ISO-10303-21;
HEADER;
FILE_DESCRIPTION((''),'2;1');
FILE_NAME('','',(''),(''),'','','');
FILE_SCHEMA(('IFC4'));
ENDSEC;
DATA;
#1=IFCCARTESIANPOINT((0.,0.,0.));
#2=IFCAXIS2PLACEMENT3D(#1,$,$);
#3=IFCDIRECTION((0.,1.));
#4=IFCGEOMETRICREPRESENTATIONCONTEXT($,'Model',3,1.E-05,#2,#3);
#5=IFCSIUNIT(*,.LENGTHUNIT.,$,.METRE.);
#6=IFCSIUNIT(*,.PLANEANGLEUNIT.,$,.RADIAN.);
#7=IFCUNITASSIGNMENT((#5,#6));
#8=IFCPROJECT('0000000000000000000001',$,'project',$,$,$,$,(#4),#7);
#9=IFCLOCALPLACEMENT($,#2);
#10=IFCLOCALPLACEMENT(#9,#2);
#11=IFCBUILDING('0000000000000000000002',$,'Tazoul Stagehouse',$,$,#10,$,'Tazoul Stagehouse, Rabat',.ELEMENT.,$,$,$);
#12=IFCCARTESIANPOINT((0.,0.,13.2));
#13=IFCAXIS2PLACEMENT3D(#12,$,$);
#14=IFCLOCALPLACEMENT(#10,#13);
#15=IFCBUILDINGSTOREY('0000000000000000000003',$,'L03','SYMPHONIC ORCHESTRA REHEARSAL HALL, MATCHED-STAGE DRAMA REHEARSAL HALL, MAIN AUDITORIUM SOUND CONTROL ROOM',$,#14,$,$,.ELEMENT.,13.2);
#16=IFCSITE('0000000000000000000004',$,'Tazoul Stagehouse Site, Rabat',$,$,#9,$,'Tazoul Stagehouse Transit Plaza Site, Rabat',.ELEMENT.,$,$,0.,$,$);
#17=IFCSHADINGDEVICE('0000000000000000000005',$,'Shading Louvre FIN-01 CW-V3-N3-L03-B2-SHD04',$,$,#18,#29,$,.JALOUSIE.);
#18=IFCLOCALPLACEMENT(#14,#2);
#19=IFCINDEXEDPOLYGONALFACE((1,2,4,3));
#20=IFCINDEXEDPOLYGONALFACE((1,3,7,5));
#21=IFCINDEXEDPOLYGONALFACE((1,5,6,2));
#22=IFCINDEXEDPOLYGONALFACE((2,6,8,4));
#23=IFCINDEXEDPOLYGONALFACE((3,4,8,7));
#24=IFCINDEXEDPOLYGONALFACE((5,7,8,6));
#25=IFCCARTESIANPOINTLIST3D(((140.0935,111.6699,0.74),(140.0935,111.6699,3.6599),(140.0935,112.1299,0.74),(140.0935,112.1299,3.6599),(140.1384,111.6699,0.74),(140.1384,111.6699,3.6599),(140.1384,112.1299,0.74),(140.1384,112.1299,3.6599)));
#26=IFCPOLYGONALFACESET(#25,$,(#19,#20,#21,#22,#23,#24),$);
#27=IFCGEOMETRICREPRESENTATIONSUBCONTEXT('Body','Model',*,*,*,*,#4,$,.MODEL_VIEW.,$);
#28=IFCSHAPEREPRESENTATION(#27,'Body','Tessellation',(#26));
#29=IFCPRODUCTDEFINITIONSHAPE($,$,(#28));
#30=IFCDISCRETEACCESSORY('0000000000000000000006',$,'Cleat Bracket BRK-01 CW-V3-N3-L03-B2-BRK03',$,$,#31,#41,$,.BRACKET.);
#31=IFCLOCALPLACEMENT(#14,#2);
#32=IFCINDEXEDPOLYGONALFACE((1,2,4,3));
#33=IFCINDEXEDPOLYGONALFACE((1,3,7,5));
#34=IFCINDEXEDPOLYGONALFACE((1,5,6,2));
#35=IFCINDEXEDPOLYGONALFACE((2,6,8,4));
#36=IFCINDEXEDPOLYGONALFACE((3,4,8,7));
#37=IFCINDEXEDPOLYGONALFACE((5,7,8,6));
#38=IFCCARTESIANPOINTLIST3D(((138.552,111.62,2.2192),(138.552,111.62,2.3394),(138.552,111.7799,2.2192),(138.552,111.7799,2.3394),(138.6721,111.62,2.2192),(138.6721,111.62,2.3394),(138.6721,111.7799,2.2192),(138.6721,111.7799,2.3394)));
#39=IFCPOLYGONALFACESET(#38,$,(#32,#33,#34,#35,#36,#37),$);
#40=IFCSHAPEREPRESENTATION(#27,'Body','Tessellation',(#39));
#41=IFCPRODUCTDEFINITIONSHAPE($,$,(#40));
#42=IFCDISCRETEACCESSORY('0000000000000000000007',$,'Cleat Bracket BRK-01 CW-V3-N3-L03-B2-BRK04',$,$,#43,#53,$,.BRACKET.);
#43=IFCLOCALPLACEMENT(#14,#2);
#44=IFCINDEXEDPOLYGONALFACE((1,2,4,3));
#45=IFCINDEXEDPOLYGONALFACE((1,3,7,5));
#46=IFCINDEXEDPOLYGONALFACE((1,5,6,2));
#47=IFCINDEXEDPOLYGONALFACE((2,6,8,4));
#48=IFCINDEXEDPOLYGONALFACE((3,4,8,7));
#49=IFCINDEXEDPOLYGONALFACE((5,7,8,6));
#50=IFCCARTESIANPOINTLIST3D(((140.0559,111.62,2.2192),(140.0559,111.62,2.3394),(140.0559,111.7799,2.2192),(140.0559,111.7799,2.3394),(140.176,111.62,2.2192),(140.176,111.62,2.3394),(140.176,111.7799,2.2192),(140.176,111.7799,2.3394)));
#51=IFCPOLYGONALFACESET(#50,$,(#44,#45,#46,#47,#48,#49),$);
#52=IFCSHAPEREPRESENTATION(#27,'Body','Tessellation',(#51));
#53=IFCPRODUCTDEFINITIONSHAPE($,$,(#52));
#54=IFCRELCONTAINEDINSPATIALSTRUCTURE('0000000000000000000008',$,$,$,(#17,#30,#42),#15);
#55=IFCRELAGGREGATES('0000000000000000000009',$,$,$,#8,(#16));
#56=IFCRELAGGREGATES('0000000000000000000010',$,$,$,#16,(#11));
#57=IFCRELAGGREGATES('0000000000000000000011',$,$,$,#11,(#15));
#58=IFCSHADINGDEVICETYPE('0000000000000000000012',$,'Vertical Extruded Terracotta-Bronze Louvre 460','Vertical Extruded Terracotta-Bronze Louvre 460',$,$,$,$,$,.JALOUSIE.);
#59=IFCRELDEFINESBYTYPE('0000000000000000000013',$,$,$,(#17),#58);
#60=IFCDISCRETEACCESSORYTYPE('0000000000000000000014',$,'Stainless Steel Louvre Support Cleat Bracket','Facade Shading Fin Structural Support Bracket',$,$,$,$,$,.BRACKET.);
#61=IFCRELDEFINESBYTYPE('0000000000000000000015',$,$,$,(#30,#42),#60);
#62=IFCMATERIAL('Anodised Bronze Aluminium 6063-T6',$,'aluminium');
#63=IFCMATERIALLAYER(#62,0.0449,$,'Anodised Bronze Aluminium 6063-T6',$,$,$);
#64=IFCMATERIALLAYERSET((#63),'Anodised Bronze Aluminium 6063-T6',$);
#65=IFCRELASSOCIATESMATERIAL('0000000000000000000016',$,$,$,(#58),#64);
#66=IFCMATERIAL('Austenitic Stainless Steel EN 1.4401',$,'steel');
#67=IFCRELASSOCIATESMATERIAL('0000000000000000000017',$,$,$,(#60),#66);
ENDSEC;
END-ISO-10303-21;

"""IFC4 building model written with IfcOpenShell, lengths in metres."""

from ifc_helpers import new_model, si_unit, direction, frame, origin, origin_2d, place, context, subcontext, project, spatial, rectangle, extrude, material, layer, layer_set, type_object, element, save


model = new_model("IFC4")

# Units and contexts
model_context = context("Model", 3, precision=1e-05, world=origin(), true_north=direction((0.0, 1.0)))
body_context = subcontext(model_context, "Body", "Model", "MODEL_VIEW")
ifc_project = project(units=[si_unit("LENGTHUNIT", "METRE"), si_unit("PLANEANGLEUNIT", "RADIAN")], contexts=[model_context])

# Site, building, storey
site_placement = place(None, origin())
site = spatial("IfcSite", under=ifc_project, at=site_placement, Name="Tazoul Stagehouse Site, Rabat", LongName="Tazoul Stagehouse Transit Plaza Site, Rabat", CompositionType="ELEMENT", RefElevation=0.0)
building_placement = place(site_placement, origin())
building = spatial("IfcBuilding", under=site, at=building_placement, Name="Tazoul Stagehouse", LongName="Tazoul Stagehouse, Rabat", CompositionType="ELEMENT")
storey_placement = place(building_placement, frame((0.0, 0.0, 13.2)))
storey = spatial("IfcBuildingStorey", under=building, at=storey_placement, Name="L03", Description="SYMPHONIC ORCHESTRA REHEARSAL HALL, MATCHED-STAGE DRAMA REHEARSAL HALL, MAIN AUDITORIUM SOUND CONTROL ROOM", CompositionType="ELEMENT", Elevation=13.2)

# Shared definitions
ifc_material_1 = material(Name="Anodised Bronze Aluminium 6063-T6", Category="aluminium")

# Shading device
ifc_layer_1 = layer(ifc_material_1, 0.0449, Name="Anodised Bronze Aluminium 6063-T6")
ifc_layer_set_1 = layer_set([ifc_layer_1], Name="Anodised Bronze Aluminium 6063-T6")
shading_device_type_1 = type_object("IfcShadingDeviceType", Name="Vertical Extruded Terracotta-Bronze Louvre 460", Description="Vertical Extruded Terracotta-Bronze Louvre 460", PredefinedType="JALOUSIE", material=ifc_layer_set_1)
shading_device_1_placement = place(storey_placement, frame((140.116, 111.8999, 0.74), z_axis=(0.0, 0.0, 1.0), x_axis=(1.0, 0.0, 0.0)))
element("IfcShadingDevice", 1, at=shading_device_1_placement, inside=storey, type_object=shading_device_type_1, Name="Shading Louvre FIN-01 CW-V3-N3-L03-B2-SHD04", PredefinedType="JALOUSIE", context=body_context, shape_type="SweptSolid", body=[
    extrude(rectangle(XDim=0.0449, YDim=0.46, at=origin_2d()), origin(), (0.0, 0.0, 1.0), 2.9199),
])

# Discrete accessories
ifc_material_2 = material(Name="Austenitic Stainless Steel EN 1.4401", Category="steel")
discrete_accessory_type = type_object("IfcDiscreteAccessoryType", Name="Stainless Steel Louvre Support Cleat Bracket", Description="Facade Shading Fin Structural Support Bracket", PredefinedType="BRACKET", material=ifc_material_2)
for number, where, z_axis, x_axis, name in (
    (2, (138.6121, 111.7, 2.2192), (0.0, 0.0, 1.0), (1.0, 0.0, 0.0), "Cleat Bracket BRK-01 CW-V3-N3-L03-B2-BRK03"),
    (3, (140.116, 111.7, 2.2192), (0.0, 0.0, 1.0), (1.0, 0.0, 0.0), "Cleat Bracket BRK-01 CW-V3-N3-L03-B2-BRK04"),
):
    element("IfcDiscreteAccessory", number, at=place(storey_placement, frame(where, z_axis=z_axis, x_axis=x_axis)), inside=storey, type_object=discrete_accessory_type, Name=name, PredefinedType="BRACKET", context=body_context, shape_type="SweptSolid", body=[
        extrude(rectangle(XDim=0.1201, YDim=0.1599, at=origin_2d()), origin(), (0.0, 0.0, 1.0), 0.1201),
    ])

save(model, "model.ifc")
